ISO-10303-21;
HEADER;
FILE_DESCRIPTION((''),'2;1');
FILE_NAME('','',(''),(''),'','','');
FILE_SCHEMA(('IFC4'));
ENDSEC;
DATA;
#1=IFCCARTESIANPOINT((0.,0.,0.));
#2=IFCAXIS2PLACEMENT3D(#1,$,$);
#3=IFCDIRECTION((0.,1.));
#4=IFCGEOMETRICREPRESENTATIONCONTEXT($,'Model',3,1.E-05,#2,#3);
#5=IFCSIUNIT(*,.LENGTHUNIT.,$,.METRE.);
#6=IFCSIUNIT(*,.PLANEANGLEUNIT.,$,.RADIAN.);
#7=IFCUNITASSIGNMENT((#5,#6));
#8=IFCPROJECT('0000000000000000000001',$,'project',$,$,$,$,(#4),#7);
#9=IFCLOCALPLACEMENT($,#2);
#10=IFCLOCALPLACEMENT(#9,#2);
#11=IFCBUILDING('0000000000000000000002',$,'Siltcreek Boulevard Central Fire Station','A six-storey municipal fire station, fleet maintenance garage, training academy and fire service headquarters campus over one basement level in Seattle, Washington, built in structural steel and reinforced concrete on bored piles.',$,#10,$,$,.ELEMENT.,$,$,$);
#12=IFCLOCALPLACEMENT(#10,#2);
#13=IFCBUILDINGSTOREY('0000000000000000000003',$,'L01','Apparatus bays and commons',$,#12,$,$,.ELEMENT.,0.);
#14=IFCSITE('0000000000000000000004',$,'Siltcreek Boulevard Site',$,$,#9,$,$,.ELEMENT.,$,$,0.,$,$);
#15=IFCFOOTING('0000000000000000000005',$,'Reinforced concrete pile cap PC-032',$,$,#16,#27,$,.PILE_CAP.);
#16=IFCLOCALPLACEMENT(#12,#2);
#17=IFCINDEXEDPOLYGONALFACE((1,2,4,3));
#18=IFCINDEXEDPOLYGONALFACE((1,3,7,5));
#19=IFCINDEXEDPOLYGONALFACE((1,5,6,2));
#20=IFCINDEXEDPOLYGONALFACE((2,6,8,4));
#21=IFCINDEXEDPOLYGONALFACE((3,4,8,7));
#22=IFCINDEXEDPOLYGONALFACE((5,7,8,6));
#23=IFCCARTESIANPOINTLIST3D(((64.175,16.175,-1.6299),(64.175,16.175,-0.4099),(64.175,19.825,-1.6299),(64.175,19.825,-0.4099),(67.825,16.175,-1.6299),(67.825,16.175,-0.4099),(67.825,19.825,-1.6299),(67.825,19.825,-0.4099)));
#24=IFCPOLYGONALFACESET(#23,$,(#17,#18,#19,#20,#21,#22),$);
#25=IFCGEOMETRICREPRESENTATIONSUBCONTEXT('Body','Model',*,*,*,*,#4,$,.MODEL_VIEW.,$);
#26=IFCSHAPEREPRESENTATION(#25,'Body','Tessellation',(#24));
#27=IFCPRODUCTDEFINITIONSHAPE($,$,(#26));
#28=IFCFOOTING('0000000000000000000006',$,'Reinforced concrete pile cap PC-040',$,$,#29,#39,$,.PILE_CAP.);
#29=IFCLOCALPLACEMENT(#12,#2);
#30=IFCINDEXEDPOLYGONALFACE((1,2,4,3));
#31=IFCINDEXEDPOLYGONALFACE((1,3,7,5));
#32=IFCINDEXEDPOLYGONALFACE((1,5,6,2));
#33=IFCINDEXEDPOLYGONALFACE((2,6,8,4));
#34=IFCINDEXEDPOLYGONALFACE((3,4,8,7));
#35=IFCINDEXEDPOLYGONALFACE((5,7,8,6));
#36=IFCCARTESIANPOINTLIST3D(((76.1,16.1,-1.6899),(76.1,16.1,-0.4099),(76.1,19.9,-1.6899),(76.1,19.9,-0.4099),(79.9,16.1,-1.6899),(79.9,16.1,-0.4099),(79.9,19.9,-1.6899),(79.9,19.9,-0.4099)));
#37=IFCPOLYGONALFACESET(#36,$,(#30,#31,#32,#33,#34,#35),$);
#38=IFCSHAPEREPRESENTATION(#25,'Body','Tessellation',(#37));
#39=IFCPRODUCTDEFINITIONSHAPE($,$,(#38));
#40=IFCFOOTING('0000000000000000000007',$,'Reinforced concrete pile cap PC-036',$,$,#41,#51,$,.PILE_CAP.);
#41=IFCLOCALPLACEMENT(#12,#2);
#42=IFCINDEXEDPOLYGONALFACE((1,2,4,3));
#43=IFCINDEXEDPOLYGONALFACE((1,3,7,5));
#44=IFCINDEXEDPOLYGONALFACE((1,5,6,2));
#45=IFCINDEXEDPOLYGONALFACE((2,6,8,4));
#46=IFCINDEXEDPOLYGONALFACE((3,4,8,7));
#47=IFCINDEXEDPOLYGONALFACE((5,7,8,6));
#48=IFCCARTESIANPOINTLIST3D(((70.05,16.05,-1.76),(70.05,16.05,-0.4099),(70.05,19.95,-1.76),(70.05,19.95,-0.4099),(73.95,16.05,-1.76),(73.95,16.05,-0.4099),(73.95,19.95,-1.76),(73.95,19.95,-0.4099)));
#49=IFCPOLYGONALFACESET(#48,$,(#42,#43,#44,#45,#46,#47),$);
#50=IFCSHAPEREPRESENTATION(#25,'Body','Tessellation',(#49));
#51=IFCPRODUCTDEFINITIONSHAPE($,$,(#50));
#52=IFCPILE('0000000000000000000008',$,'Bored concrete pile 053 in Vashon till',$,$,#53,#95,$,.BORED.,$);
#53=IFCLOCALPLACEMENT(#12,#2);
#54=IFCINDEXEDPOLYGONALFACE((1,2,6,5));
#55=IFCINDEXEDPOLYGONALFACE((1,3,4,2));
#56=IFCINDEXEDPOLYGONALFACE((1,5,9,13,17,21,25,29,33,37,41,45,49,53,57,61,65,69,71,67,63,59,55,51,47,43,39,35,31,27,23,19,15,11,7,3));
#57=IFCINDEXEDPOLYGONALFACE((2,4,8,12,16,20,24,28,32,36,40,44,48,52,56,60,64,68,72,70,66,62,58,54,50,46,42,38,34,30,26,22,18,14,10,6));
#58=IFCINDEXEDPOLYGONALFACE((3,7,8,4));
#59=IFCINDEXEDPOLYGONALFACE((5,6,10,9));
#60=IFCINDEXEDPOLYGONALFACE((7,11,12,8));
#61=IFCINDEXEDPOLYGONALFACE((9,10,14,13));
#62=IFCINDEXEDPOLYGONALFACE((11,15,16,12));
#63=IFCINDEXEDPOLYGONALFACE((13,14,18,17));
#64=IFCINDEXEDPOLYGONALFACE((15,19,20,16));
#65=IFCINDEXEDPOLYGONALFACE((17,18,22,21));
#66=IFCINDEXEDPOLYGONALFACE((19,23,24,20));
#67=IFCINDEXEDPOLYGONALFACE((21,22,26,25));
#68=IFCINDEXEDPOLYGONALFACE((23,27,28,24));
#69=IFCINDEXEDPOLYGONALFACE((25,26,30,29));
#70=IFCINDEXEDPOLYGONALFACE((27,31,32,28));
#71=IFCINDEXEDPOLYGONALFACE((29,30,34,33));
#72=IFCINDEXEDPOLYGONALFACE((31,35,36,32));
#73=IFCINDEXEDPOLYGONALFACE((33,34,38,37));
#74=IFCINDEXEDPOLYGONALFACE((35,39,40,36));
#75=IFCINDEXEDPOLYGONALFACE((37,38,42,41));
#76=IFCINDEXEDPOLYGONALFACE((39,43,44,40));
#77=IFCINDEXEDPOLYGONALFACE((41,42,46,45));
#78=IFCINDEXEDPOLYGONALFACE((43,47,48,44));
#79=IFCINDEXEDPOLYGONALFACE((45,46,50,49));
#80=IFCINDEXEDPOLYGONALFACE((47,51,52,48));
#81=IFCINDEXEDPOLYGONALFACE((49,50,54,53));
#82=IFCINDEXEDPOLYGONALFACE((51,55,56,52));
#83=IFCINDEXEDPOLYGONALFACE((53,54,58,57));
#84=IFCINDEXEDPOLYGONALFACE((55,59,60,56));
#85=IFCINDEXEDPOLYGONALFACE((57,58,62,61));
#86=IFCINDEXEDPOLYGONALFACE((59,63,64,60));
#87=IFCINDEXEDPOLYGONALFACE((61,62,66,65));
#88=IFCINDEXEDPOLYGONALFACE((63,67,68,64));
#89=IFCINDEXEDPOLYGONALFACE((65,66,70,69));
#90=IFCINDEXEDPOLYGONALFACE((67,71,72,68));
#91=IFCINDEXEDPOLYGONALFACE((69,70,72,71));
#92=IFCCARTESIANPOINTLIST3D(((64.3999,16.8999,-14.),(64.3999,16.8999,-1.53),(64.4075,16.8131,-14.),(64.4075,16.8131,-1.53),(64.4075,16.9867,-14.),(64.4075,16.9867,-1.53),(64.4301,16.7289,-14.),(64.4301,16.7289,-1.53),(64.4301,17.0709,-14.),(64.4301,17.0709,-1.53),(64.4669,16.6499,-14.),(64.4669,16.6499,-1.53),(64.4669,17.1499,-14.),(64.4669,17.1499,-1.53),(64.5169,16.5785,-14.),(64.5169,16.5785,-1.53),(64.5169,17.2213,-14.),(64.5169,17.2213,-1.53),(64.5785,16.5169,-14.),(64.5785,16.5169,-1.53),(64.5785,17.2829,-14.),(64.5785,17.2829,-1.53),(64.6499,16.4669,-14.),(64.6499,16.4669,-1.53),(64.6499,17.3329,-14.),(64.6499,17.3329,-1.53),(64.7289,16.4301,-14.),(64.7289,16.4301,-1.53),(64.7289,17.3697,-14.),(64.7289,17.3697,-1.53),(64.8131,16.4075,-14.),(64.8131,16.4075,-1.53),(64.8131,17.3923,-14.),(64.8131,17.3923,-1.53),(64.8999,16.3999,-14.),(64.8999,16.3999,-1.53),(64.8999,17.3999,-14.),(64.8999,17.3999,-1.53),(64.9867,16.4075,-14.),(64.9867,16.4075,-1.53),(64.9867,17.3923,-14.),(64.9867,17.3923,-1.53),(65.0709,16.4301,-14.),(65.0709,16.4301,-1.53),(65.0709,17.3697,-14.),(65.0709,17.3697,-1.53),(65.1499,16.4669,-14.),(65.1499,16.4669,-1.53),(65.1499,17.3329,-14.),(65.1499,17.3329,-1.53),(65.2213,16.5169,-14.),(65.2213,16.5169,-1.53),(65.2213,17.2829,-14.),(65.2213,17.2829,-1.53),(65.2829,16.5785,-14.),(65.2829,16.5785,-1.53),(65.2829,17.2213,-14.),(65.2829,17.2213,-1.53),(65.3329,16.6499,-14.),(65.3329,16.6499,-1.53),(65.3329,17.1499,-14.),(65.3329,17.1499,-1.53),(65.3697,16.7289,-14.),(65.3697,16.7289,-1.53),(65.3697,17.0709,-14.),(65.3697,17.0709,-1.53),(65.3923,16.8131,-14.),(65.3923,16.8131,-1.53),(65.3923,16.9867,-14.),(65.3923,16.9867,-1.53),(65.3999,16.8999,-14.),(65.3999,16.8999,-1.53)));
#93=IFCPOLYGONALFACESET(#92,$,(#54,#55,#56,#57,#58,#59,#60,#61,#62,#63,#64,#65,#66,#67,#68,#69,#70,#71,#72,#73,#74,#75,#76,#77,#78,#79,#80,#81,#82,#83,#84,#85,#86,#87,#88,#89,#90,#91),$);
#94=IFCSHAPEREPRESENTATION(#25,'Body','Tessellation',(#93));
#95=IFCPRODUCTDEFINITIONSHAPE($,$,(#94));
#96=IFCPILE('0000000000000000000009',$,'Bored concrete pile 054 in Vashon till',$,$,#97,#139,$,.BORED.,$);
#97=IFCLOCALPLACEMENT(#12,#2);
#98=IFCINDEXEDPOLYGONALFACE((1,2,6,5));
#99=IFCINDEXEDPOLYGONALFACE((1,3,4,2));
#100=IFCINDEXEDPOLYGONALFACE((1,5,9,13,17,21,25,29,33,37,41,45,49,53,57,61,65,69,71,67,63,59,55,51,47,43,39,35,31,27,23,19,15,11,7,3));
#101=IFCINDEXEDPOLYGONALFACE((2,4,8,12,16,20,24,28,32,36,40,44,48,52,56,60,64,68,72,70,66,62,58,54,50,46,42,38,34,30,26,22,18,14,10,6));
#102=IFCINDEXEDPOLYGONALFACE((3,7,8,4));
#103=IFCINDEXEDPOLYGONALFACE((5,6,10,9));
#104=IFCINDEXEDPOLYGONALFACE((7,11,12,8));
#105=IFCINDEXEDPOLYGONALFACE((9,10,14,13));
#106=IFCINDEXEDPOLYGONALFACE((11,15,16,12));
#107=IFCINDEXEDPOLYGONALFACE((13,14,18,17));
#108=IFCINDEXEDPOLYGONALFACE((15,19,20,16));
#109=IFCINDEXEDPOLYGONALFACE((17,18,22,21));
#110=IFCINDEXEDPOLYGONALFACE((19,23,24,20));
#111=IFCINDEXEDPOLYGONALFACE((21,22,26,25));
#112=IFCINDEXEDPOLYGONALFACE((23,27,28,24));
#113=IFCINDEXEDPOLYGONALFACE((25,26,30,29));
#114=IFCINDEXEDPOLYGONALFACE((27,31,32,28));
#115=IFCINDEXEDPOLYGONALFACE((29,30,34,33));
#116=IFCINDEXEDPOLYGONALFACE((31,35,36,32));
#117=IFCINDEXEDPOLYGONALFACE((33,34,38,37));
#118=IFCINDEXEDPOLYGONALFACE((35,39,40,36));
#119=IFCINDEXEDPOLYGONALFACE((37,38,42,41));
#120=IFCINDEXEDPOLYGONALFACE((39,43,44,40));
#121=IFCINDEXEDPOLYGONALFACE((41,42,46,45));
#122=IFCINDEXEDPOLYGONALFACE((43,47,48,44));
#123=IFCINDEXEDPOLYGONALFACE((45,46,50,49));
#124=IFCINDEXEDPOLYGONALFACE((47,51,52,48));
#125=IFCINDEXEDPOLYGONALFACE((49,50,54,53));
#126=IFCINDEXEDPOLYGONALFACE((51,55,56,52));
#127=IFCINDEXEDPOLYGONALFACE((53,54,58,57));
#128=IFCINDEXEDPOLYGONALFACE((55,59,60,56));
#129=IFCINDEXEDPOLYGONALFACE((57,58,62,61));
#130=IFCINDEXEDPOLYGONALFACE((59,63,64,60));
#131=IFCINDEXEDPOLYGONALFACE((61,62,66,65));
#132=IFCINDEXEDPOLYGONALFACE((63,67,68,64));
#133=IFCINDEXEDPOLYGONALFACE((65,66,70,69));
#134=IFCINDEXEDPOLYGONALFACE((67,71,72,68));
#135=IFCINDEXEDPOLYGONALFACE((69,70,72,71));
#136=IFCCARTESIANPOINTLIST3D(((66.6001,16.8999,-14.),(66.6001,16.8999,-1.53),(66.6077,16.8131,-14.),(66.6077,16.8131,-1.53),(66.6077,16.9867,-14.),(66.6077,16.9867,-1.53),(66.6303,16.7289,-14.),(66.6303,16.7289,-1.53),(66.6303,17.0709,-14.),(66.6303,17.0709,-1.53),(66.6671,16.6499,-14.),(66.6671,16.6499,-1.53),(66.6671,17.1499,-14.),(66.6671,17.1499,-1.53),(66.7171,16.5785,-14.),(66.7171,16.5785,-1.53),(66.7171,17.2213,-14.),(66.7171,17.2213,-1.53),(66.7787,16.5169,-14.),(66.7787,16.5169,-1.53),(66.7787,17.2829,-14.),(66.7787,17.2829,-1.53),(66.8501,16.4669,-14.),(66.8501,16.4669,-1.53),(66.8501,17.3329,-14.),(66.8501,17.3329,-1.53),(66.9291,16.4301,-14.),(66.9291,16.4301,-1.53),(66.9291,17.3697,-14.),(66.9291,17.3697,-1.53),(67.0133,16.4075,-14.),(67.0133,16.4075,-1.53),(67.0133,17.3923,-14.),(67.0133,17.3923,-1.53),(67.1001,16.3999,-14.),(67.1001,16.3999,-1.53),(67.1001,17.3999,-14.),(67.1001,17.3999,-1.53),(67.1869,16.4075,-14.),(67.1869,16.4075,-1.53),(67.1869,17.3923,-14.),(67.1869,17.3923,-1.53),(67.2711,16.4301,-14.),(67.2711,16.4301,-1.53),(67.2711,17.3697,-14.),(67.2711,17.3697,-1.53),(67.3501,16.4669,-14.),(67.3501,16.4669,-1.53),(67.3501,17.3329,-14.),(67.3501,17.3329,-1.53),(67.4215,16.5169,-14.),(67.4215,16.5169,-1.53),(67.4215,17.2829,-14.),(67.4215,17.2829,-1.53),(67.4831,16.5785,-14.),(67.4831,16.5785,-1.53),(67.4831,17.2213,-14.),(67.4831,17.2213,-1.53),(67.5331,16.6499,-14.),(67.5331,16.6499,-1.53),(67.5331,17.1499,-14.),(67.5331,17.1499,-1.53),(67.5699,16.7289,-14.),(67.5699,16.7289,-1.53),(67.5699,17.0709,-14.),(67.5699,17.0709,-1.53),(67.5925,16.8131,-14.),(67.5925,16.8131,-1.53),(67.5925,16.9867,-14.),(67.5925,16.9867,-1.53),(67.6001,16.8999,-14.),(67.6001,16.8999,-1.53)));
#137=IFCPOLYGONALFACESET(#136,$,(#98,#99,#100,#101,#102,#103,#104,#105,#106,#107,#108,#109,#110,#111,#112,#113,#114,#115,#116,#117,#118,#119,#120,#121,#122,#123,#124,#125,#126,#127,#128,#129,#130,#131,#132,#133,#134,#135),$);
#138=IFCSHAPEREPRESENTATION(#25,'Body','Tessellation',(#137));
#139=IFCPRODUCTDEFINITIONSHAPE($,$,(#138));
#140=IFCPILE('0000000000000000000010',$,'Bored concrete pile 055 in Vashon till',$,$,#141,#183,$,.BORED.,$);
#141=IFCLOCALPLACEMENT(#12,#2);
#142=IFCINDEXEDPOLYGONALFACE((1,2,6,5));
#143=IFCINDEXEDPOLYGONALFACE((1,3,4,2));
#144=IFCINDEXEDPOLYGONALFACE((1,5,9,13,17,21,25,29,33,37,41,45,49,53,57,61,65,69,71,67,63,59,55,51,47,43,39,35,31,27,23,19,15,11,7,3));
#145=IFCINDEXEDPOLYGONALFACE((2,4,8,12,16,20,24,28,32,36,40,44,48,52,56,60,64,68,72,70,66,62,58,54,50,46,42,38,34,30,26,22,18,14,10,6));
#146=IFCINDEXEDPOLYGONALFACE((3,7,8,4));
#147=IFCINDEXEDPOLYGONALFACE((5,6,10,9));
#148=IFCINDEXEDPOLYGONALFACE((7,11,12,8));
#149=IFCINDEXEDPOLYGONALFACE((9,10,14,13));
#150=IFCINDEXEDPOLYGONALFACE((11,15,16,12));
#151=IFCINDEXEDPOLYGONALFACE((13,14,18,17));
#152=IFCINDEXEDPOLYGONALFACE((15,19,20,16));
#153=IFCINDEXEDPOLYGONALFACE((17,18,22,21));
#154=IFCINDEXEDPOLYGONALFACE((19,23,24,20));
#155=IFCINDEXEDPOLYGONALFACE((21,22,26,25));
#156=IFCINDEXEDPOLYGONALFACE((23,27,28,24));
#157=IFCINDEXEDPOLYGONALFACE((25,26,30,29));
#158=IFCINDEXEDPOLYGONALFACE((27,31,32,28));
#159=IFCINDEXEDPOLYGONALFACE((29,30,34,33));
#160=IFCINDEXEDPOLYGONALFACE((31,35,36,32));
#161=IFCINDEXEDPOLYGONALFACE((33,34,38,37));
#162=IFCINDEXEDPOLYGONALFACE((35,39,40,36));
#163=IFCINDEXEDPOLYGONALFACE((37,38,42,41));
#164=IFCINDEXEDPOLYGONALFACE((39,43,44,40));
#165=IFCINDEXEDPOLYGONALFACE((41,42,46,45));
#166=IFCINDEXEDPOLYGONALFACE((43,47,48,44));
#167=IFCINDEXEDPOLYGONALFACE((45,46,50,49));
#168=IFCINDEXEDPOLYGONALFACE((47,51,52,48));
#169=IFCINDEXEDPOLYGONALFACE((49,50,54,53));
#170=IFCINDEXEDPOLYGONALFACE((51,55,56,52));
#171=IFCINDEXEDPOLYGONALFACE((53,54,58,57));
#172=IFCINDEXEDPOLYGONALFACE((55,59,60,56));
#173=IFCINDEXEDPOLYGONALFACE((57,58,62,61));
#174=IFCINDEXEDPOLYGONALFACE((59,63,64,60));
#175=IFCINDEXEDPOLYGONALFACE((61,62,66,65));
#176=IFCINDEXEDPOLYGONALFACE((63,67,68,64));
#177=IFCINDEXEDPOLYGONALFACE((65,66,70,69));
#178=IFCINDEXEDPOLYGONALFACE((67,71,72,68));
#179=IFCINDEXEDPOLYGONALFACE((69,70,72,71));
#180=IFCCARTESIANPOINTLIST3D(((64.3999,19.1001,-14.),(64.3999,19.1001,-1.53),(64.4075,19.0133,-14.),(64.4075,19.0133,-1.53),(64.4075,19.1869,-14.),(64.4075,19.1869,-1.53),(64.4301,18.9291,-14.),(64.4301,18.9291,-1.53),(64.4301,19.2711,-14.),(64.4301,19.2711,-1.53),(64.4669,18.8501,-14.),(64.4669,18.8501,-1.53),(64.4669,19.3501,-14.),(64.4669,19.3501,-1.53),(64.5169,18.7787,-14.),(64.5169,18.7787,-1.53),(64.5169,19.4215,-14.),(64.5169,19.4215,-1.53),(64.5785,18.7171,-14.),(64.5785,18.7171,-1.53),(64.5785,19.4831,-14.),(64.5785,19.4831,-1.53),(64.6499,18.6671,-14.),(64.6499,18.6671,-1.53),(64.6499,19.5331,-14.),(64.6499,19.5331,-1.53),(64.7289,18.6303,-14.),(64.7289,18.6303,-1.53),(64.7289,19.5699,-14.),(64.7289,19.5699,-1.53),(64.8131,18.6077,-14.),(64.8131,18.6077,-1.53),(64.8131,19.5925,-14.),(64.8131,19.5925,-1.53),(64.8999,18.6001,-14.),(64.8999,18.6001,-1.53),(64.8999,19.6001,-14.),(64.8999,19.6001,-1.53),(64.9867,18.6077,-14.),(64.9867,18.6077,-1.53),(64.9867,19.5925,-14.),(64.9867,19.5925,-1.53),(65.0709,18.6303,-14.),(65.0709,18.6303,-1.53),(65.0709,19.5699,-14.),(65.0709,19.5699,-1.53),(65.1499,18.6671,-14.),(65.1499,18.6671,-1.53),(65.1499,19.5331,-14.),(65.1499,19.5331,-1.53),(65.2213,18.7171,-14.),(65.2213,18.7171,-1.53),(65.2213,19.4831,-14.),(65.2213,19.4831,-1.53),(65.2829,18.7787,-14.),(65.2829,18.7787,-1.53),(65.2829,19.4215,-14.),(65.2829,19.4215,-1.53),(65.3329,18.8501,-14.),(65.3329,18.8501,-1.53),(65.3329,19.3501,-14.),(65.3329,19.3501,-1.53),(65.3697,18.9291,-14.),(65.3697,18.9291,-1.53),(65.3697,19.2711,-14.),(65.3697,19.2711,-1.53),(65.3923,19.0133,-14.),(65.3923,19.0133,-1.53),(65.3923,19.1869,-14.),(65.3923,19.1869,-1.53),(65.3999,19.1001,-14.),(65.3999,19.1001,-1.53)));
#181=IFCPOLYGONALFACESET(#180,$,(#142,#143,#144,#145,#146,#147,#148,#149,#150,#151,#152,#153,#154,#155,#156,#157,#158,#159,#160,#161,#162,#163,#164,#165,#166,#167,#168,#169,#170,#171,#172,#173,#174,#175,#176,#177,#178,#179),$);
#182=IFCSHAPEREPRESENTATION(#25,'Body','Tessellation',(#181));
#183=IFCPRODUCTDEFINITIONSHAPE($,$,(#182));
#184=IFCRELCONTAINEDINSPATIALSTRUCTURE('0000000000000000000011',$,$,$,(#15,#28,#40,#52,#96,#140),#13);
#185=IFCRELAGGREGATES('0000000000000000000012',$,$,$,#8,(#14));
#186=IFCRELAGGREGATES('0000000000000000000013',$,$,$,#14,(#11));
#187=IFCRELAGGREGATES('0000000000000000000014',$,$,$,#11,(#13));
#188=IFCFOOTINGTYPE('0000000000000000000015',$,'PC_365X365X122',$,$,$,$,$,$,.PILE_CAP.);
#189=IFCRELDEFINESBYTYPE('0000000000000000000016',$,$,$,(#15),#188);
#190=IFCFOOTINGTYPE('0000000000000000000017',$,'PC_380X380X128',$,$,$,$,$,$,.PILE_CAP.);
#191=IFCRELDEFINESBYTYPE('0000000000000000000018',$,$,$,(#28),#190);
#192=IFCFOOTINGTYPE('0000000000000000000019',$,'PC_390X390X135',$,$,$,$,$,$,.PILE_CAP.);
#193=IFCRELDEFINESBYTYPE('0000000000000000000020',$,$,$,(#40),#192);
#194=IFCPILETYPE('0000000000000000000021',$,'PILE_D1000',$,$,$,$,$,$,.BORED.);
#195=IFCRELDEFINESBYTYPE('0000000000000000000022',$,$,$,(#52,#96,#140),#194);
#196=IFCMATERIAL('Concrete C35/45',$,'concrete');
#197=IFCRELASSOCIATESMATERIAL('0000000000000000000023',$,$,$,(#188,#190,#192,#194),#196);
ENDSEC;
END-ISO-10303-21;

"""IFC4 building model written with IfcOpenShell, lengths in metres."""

from ifc_helpers import new_model, si_unit, direction, frame, origin, origin_2d, place, context, subcontext, project, spatial, rectangle, circle, extrude, material, material_profile, profile_set, type_object, element, save


model = new_model("IFC4")

# Units and contexts
model_context = context("Model", 3, precision=1e-05, world=origin(), true_north=direction((0.0, 1.0)))
body_context = subcontext(model_context, "Body", "Model", "MODEL_VIEW")
ifc_project = project(units=[si_unit("LENGTHUNIT", "METRE"), si_unit("PLANEANGLEUNIT", "RADIAN")], contexts=[model_context])

# Site, building, storey
site_placement = place(None, origin())
site = spatial("IfcSite", under=ifc_project, at=site_placement, Name="Siltcreek Boulevard Site", CompositionType="ELEMENT", RefElevation=0.0)
building_placement = place(site_placement, origin())
building = spatial("IfcBuilding", under=site, at=building_placement, Name="Siltcreek Boulevard Central Fire Station", Description="A six-storey municipal fire station, fleet maintenance garage, training academy and fire service headquarters campus over one basement level in Seattle, Washington, built in structural steel and reinforced concrete on bored piles.", CompositionType="ELEMENT")
storey_placement = place(building_placement, origin())
storey = spatial("IfcBuildingStorey", under=building, at=storey_placement, Name="L01", Description="Apparatus bays and commons", CompositionType="ELEMENT", Elevation=0.0)

# Footings
ifc_material_1 = material(Name="Concrete C35/45", Category="concrete")
footing_type_1 = type_object("IfcFootingType", Name="PC_365X365X122", PredefinedType="PILE_CAP", material=ifc_material_1)
footing_1_placement = place(storey_placement, frame((66.0, 18.0, -1.6299), z_axis=(0.0, 0.0, 1.0), x_axis=(1.0, 0.0, 0.0)))
element("IfcFooting", 1, at=footing_1_placement, inside=storey, type_object=footing_type_1, Name="Reinforced concrete pile cap PC-032", PredefinedType="PILE_CAP", context=body_context, shape_type="SweptSolid", body=[
    extrude(rectangle(XDim=3.6499, YDim=3.6499, at=origin_2d()), origin(), (0.0, 0.0, 1.0), 1.22),
])
footing_type_2 = type_object("IfcFootingType", Name="PC_380X380X128", PredefinedType="PILE_CAP", material=ifc_material_1)
footing_2_placement = place(storey_placement, frame((78.0, 18.0, -1.6899), z_axis=(0.0, 0.0, 1.0), x_axis=(1.0, 0.0, 0.0)))
element("IfcFooting", 2, at=footing_2_placement, inside=storey, type_object=footing_type_2, Name="Reinforced concrete pile cap PC-040", PredefinedType="PILE_CAP", context=body_context, shape_type="SweptSolid", body=[
    extrude(rectangle(XDim=3.8, YDim=3.8, at=origin_2d()), origin(), (0.0, 0.0, 1.0), 1.28),
])
footing_type_3 = type_object("IfcFootingType", Name="PC_390X390X135", PredefinedType="PILE_CAP", material=ifc_material_1)
footing_3_placement = place(storey_placement, frame((72.0, 18.0, -1.76), z_axis=(0.0, 0.0, 1.0), x_axis=(1.0, 0.0, 0.0)))
element("IfcFooting", 3, at=footing_3_placement, inside=storey, type_object=footing_type_3, Name="Reinforced concrete pile cap PC-036", PredefinedType="PILE_CAP", context=body_context, shape_type="SweptSolid", body=[
    extrude(rectangle(XDim=3.8999, YDim=3.8999, at=origin_2d()), origin(), (0.0, 0.0, 1.0), 1.3501),
])

# Piles
ifc_material_profile_1 = material_profile(ifc_material_1, circle(Radius=0.5, at=origin_2d()), Name="SHAFT1000")
ifc_profile_set_1 = profile_set([ifc_material_profile_1], Name="Concrete C35/45")
pile_type = type_object("IfcPileType", Name="PILE_D1000", PredefinedType="BORED", material=ifc_profile_set_1)
for number, where, z_axis, x_axis, name in (
    (4, (64.8999, 16.8999, -1.53), (0.0, 0.0, -1.0), (1.0, 0.0, 0.0), "Bored concrete pile 053 in Vashon till"),
    (5, (67.1001, 16.8999, -1.53), (0.0, 0.0, -1.0), (1.0, 0.0, 0.0), "Bored concrete pile 054 in Vashon till"),
    (6, (64.8999, 19.1001, -1.53), (0.0, 0.0, -1.0), (1.0, 0.0, 0.0), "Bored concrete pile 055 in Vashon till"),
):
    element("IfcPile", number, at=place(storey_placement, frame(where, z_axis=z_axis, x_axis=x_axis)), inside=storey, type_object=pile_type, Name=name, PredefinedType="BORED", context=body_context, shape_type="SweptSolid", body=[
        extrude(circle(Radius=0.5, at=origin_2d()), origin(), (0.0, 0.0, 1.0), 12.47),
    ])

save(model, "model.ifc")
